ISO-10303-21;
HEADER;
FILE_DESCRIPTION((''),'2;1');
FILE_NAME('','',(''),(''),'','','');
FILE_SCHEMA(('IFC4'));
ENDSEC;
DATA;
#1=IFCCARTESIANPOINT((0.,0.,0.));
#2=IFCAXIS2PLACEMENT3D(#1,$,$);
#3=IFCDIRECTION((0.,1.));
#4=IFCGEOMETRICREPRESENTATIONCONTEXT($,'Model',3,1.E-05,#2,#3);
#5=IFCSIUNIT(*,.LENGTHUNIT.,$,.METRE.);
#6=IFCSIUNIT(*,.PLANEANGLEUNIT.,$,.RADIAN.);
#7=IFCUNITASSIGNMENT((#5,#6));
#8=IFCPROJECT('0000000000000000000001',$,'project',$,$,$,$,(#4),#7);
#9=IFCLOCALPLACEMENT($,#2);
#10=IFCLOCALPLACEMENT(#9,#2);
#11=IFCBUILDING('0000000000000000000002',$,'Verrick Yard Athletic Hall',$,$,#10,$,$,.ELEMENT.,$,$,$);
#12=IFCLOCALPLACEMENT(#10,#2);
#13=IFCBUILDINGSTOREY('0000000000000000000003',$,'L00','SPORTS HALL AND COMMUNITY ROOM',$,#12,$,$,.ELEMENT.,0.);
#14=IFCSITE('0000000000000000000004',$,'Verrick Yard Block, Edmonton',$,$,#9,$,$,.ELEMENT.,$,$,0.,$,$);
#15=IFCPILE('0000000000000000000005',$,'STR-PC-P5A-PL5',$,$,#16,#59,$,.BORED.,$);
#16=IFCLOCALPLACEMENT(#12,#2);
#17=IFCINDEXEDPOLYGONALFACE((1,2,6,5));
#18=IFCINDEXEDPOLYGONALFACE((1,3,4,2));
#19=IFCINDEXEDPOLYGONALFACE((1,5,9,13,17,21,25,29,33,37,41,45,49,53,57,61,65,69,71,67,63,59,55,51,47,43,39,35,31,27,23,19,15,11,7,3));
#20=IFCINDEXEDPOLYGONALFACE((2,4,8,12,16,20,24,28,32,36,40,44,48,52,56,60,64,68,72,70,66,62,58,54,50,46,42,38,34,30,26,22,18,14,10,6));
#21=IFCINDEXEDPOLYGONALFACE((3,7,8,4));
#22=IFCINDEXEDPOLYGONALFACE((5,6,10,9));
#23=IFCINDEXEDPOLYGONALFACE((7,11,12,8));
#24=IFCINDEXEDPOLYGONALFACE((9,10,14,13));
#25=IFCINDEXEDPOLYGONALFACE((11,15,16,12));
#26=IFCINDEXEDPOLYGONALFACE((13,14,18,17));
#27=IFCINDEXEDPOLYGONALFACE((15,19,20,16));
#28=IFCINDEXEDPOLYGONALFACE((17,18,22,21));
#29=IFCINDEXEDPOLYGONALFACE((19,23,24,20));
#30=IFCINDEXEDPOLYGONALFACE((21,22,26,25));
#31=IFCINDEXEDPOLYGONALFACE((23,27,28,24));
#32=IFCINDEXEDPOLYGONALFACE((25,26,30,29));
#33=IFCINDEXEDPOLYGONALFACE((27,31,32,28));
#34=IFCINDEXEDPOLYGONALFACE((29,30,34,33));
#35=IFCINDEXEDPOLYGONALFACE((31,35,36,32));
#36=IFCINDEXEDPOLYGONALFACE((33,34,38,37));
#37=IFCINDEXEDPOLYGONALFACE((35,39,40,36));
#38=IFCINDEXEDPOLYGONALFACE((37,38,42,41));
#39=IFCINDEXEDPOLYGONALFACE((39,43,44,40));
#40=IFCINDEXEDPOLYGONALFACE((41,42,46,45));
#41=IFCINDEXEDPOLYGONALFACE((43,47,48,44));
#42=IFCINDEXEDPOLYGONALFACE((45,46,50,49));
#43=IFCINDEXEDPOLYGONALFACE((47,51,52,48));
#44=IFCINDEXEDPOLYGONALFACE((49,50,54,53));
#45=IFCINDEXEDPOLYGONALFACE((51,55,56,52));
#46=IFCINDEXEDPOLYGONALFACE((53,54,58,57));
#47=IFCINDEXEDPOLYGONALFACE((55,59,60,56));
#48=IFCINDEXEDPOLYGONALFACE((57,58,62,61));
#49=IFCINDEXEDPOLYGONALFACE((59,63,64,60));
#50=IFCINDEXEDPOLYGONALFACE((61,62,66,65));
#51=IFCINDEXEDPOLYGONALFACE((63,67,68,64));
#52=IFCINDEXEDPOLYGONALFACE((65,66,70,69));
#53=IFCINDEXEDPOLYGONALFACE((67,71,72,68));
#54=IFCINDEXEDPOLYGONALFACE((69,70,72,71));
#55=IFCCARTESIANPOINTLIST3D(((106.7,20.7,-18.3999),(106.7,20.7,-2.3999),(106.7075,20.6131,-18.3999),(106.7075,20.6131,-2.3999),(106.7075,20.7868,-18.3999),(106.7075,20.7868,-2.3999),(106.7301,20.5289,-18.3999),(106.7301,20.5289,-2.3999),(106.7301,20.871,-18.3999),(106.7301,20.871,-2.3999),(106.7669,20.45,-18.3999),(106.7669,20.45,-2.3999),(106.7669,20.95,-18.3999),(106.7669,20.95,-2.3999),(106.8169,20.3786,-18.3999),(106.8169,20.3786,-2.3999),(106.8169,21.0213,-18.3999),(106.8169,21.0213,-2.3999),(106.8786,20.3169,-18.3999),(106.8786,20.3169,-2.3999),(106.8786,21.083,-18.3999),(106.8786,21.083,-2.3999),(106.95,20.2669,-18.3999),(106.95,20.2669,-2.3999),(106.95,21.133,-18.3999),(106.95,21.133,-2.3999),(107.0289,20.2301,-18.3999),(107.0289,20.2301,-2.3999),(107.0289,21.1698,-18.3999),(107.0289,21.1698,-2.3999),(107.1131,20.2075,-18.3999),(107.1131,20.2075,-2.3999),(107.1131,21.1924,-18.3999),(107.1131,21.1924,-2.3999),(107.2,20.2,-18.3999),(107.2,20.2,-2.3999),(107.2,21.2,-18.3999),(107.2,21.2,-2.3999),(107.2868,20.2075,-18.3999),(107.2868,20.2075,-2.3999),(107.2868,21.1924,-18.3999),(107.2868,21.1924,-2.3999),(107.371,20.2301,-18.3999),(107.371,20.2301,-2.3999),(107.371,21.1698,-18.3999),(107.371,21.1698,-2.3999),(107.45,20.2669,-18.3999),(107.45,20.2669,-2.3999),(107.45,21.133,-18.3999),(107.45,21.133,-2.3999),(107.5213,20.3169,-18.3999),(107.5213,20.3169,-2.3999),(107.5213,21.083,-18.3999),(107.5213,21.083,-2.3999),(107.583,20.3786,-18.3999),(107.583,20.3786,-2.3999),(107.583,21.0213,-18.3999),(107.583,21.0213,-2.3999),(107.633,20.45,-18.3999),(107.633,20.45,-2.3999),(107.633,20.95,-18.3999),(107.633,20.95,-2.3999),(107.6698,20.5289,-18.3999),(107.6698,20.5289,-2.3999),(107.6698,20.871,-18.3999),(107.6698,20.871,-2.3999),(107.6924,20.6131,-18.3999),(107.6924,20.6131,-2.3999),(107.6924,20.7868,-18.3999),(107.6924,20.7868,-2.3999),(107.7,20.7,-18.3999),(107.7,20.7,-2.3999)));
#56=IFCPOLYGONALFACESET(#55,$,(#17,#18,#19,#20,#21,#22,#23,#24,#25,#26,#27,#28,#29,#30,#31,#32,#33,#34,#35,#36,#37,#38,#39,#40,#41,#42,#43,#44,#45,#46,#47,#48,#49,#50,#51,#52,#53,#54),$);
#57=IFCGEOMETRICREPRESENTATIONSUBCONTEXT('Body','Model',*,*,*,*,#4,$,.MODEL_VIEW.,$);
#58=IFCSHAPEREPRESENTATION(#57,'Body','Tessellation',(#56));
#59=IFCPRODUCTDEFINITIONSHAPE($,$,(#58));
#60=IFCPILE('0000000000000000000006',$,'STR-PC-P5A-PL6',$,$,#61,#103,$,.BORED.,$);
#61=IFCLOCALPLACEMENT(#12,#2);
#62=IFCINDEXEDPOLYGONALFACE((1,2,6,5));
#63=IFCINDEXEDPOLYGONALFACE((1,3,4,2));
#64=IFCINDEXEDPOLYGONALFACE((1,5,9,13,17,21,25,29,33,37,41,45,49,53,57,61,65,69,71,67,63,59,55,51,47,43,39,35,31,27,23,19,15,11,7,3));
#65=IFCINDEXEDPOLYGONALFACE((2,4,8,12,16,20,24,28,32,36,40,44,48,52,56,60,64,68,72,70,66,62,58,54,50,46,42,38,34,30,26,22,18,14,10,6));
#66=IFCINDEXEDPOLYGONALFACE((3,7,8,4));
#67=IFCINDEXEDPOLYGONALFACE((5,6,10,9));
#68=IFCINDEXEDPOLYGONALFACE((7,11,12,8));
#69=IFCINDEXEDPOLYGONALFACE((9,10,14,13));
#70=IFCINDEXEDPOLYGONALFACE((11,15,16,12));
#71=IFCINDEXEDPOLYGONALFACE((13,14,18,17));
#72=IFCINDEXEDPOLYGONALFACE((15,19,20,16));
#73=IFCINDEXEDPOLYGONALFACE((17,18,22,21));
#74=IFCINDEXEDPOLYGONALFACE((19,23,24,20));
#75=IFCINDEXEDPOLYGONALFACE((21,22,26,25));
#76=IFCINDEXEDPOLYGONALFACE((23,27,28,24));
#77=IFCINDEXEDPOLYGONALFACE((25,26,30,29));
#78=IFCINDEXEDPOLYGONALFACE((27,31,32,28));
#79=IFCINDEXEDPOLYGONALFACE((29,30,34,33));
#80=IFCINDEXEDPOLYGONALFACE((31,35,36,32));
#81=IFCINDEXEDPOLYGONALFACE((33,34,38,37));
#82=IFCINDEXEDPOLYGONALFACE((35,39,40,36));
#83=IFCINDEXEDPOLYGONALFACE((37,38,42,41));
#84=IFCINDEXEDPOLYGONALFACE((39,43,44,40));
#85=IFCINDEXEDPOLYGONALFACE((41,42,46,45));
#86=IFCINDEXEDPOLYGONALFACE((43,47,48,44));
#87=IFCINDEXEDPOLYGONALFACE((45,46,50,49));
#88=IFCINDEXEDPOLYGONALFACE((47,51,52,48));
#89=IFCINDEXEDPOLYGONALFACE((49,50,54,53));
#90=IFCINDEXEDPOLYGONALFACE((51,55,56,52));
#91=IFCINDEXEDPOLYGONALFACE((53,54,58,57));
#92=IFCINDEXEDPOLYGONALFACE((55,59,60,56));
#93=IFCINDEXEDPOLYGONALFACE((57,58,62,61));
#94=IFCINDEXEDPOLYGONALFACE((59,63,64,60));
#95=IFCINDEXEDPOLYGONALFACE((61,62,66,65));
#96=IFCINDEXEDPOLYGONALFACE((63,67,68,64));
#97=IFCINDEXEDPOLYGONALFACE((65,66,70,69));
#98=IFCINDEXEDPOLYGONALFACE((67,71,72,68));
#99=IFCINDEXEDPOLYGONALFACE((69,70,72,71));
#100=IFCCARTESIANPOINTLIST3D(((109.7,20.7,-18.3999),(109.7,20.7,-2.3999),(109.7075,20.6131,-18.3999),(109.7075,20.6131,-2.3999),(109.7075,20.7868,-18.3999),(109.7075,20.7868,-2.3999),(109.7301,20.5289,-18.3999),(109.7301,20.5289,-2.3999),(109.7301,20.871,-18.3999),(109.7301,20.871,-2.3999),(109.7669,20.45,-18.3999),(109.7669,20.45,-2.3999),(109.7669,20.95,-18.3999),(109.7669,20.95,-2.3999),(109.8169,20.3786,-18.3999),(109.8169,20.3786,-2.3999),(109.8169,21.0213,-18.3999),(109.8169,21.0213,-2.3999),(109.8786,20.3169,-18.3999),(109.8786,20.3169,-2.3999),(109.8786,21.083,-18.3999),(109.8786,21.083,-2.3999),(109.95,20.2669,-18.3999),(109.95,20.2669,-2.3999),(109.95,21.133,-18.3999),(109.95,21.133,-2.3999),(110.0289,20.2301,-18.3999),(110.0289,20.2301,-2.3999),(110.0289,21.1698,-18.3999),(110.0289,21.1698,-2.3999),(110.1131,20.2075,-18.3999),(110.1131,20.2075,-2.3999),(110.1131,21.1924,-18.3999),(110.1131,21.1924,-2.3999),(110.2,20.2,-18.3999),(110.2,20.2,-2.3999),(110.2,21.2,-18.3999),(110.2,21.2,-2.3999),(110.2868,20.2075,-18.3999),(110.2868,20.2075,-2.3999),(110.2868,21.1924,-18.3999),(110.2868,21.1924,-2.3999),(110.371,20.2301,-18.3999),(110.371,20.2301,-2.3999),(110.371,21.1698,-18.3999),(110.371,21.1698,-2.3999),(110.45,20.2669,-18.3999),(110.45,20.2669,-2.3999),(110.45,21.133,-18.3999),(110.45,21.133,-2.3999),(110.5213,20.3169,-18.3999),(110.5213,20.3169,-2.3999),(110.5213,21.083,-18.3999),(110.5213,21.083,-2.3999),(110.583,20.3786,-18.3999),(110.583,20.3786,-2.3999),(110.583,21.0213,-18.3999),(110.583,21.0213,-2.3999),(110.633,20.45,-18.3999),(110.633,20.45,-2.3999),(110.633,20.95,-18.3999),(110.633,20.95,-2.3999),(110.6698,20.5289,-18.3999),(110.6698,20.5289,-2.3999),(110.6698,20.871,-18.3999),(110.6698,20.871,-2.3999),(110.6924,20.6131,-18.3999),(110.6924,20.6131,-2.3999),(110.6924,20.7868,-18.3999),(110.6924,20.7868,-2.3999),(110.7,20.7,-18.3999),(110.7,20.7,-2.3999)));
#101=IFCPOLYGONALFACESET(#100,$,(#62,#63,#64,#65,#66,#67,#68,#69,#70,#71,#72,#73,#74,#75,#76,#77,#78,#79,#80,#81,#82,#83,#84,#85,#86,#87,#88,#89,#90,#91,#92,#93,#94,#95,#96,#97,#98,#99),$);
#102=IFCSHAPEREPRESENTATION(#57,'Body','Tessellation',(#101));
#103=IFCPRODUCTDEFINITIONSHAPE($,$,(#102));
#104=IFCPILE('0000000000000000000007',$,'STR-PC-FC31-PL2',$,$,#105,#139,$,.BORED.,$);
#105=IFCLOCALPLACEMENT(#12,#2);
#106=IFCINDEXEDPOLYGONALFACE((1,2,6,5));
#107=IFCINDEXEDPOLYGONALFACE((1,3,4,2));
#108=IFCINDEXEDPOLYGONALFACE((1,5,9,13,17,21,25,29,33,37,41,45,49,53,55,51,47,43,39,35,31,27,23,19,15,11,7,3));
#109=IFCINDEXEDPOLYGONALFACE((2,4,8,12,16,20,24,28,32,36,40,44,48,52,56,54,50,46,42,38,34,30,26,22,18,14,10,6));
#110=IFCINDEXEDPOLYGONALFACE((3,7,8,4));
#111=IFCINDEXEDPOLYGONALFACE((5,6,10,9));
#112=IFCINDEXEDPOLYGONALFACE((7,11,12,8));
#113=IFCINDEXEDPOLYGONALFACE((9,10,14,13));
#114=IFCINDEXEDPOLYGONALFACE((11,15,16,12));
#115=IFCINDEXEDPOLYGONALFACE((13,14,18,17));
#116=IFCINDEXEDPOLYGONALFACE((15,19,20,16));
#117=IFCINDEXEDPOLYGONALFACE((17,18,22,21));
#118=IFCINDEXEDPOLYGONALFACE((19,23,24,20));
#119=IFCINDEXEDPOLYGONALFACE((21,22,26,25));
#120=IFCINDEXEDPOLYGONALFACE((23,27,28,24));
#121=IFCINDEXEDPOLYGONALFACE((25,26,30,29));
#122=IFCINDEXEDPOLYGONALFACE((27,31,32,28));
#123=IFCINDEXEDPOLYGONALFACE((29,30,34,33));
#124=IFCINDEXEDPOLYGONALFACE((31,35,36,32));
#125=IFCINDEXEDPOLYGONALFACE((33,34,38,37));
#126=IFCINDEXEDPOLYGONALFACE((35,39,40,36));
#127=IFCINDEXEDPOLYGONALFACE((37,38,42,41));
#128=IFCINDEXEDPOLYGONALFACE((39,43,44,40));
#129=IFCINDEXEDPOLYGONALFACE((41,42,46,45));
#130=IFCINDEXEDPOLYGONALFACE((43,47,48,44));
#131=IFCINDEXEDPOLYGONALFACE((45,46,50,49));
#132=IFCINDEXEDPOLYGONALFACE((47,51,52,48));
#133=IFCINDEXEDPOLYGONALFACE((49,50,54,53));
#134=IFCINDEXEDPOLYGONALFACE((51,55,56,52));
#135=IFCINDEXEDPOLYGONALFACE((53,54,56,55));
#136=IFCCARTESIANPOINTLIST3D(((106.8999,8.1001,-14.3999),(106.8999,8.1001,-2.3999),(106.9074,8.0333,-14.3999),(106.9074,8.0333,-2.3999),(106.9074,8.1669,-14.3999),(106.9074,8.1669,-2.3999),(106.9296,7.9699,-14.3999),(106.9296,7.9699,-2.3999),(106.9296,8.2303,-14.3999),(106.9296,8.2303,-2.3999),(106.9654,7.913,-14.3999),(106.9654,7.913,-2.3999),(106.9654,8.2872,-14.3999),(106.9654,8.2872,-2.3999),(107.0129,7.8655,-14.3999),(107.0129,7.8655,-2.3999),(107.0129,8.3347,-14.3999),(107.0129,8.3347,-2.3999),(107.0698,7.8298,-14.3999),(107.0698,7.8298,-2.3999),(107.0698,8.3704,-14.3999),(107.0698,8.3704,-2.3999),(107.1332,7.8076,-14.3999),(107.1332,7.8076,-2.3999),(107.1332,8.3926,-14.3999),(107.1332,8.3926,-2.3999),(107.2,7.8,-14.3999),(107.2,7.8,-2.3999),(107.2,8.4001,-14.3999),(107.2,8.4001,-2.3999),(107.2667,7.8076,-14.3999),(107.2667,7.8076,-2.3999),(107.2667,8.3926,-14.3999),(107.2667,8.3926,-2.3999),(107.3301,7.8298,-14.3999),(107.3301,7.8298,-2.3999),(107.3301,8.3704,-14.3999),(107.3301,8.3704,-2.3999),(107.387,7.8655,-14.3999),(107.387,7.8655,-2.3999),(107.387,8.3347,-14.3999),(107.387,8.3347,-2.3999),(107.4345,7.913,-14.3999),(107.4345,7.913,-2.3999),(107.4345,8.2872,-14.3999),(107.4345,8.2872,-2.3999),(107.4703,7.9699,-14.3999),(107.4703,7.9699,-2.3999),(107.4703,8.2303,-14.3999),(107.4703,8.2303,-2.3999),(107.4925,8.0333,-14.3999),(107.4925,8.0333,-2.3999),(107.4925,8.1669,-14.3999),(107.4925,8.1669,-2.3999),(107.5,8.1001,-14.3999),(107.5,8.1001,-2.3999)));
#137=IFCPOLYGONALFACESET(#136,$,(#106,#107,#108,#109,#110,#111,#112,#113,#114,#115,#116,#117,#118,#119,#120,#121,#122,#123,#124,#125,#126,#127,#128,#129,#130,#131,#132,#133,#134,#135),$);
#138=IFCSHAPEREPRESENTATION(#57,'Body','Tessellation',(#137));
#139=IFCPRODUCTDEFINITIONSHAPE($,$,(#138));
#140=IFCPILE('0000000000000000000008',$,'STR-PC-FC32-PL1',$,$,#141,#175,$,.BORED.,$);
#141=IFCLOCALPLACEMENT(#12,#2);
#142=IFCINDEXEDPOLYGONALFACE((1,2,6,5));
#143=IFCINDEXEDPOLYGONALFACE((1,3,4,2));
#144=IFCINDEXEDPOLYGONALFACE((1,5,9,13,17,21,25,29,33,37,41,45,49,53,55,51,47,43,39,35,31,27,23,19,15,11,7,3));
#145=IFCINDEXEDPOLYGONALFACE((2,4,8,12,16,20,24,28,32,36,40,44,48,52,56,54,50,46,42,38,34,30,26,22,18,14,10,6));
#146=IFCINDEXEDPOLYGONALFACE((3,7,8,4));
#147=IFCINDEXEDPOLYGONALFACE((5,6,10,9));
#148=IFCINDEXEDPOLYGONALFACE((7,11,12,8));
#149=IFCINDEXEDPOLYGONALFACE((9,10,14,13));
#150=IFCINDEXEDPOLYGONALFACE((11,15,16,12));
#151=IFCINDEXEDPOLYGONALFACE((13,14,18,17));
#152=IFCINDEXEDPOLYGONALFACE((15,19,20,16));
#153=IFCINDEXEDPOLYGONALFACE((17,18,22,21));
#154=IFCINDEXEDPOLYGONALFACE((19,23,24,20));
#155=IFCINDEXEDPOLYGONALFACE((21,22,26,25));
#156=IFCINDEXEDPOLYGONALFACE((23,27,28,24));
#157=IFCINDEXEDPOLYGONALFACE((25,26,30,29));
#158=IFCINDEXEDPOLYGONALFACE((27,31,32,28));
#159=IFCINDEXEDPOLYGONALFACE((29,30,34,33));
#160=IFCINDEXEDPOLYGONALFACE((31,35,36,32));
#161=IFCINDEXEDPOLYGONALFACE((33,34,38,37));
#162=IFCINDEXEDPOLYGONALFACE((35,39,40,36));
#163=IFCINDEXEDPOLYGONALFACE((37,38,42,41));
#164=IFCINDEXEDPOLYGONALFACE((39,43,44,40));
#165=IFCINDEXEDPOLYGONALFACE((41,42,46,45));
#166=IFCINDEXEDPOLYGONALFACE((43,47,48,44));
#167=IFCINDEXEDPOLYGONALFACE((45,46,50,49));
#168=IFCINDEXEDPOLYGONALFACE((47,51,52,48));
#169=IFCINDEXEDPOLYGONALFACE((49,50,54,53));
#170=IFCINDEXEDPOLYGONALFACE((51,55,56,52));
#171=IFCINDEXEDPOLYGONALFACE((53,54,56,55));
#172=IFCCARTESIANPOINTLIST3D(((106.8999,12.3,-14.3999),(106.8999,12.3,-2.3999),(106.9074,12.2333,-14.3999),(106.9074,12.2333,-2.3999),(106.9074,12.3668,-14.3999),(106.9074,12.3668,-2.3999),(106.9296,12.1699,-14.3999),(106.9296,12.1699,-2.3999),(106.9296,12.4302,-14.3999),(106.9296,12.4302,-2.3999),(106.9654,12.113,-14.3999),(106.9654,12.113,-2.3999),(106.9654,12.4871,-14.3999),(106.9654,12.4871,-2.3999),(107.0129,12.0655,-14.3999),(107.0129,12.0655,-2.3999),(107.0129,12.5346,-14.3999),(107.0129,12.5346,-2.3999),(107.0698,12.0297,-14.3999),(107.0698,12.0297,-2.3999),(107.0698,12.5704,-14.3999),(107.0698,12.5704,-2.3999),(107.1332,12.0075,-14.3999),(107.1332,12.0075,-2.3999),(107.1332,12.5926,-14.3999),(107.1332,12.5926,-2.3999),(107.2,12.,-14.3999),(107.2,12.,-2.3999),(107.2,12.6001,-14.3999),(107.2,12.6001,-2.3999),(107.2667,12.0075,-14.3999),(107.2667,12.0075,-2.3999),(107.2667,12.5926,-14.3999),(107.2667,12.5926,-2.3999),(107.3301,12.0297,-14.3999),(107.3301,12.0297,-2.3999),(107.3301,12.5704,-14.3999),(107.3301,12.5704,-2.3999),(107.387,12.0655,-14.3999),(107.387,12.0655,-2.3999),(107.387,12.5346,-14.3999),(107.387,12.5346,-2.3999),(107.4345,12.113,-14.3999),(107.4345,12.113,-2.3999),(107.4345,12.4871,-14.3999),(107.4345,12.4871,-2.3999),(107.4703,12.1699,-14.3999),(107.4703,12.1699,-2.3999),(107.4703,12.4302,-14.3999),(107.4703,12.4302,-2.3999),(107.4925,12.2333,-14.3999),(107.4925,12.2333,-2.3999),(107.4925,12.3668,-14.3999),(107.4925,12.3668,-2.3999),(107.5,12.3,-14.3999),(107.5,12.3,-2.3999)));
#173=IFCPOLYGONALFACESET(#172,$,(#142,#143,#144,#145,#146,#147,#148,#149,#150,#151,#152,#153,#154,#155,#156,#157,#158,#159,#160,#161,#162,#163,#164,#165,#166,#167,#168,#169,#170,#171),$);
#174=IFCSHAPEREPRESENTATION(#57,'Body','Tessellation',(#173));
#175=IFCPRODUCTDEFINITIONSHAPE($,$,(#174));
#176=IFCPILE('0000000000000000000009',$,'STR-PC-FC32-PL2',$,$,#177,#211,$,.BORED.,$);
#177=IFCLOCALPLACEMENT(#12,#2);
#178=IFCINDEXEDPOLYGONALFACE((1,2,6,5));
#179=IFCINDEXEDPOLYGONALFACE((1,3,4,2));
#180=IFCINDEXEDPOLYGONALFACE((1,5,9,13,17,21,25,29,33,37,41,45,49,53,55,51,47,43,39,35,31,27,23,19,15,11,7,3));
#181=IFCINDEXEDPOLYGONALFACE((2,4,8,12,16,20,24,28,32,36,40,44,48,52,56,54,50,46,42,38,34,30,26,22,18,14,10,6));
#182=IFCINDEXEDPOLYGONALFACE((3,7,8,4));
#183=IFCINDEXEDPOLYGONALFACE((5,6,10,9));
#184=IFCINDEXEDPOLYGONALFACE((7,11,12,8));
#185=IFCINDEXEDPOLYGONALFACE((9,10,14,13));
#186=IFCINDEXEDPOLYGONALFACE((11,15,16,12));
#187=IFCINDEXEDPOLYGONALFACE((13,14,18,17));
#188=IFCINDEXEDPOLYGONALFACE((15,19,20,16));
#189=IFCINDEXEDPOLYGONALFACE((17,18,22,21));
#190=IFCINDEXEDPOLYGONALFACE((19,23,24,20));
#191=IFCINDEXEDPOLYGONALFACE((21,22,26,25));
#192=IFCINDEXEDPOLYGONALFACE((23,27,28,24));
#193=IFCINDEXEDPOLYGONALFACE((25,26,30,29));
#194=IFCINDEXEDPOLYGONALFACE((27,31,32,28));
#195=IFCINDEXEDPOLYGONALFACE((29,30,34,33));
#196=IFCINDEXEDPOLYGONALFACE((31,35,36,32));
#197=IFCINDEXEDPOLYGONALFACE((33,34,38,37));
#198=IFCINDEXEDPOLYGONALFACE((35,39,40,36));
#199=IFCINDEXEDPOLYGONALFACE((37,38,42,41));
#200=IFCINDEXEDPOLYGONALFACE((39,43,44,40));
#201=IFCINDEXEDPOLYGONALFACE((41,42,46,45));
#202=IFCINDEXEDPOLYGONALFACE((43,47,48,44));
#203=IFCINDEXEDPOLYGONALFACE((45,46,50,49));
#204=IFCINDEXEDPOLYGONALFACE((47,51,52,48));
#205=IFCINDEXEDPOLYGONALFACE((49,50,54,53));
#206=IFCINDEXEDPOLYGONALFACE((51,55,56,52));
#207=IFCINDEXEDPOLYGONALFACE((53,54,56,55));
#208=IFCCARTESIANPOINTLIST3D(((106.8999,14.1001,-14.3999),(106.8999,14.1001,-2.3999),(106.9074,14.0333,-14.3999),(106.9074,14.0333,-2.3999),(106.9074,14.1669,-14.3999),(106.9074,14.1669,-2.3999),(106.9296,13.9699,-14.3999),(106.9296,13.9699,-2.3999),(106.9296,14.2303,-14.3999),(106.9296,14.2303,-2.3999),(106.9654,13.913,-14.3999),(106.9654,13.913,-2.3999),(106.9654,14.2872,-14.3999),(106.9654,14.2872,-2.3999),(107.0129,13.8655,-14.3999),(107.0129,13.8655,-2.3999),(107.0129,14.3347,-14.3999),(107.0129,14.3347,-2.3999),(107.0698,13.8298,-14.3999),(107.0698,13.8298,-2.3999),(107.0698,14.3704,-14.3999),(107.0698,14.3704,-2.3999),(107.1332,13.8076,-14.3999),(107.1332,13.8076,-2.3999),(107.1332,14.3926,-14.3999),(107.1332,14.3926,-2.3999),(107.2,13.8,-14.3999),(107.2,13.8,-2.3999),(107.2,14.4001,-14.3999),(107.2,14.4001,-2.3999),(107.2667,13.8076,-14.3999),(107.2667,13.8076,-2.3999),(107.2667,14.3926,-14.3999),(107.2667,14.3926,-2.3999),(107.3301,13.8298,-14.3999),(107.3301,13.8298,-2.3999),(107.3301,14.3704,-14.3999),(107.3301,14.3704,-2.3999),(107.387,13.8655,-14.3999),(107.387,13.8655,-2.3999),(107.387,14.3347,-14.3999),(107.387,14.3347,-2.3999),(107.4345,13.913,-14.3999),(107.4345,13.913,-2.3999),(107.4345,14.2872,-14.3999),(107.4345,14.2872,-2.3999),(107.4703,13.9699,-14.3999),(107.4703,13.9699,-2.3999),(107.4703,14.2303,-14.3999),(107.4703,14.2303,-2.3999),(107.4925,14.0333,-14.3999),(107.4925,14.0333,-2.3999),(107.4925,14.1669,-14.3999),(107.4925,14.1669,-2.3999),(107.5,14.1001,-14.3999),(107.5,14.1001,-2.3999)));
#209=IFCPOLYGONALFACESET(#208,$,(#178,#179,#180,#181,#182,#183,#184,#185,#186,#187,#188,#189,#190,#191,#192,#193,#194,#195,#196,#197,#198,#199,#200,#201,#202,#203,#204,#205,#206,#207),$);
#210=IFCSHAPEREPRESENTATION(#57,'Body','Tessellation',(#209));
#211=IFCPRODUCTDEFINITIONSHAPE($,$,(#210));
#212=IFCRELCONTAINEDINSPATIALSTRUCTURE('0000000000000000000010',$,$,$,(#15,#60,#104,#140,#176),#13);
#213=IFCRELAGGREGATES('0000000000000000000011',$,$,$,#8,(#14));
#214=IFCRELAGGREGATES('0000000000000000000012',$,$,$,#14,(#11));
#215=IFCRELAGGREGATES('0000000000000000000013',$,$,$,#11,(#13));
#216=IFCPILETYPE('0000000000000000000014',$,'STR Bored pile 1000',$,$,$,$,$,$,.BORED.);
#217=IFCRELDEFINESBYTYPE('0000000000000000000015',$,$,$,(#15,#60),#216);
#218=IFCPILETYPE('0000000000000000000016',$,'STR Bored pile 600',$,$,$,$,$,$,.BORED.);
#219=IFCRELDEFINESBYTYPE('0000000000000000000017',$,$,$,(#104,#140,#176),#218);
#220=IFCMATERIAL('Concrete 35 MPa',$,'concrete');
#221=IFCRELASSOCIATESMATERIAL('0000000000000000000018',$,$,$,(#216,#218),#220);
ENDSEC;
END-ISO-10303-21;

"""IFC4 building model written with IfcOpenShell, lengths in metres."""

from ifc_helpers import new_model, si_unit, direction, frame, origin, origin_2d, place, context, subcontext, project, spatial, circle, extrude, material, type_object, element, save


model = new_model("IFC4")

# Units and contexts
model_context = context("Model", 3, precision=1e-05, world=origin(), true_north=direction((0.0, 1.0)))
body_context = subcontext(model_context, "Body", "Model", "MODEL_VIEW")
ifc_project = project(units=[si_unit("LENGTHUNIT", "METRE"), si_unit("PLANEANGLEUNIT", "RADIAN")], contexts=[model_context])

# Site, building, storey
site_placement = place(None, origin())
site = spatial("IfcSite", under=ifc_project, at=site_placement, Name="Verrick Yard Block, Edmonton", CompositionType="ELEMENT", RefElevation=0.0)
building_placement = place(site_placement, origin())
building = spatial("IfcBuilding", under=site, at=building_placement, Name="Verrick Yard Athletic Hall", CompositionType="ELEMENT")
storey_placement = place(building_placement, origin())
storey = spatial("IfcBuildingStorey", under=building, at=storey_placement, Name="L00", Description="SPORTS HALL AND COMMUNITY ROOM", CompositionType="ELEMENT", Elevation=0.0)

# Piles
ifc_material_1 = material(Name="Concrete 35 MPa", Category="concrete")
pile_type_1 = type_object("IfcPileType", Name="STR Bored pile 1000", PredefinedType="BORED", material=ifc_material_1)
for number, where, z_axis, x_axis, name in (
    (1, (107.2, 20.7, -2.3999), (0.0, 0.0, -1.0), (1.0, 0.0, 0.0), "STR-PC-P5A-PL5"),
    (2, (110.2, 20.7, -2.3999), (0.0, 0.0, -1.0), (1.0, 0.0, 0.0), "STR-PC-P5A-PL6"),
):
    element("IfcPile", number, at=place(storey_placement, frame(where, z_axis=z_axis, x_axis=x_axis)), inside=storey, type_object=pile_type_1, Name=name, PredefinedType="BORED", context=body_context, shape_type="SweptSolid", body=[
        extrude(circle(Radius=0.5, at=origin_2d()), origin(), (0.0, 0.0, 1.0), 16.0),
    ])
pile_type_2 = type_object("IfcPileType", Name="STR Bored pile 600", PredefinedType="BORED", material=ifc_material_1)
for number, where, z_axis, x_axis, name in (
    (3, (107.2, 8.1001, -2.3999), (0.0, 0.0, -1.0), (1.0, 0.0, 0.0), "STR-PC-FC31-PL2"),
    (4, (107.2, 12.3, -2.3999), (0.0, 0.0, -1.0), (1.0, 0.0, 0.0), "STR-PC-FC32-PL1"),
    (5, (107.2, 14.1001, -2.3999), (0.0, 0.0, -1.0), (1.0, 0.0, 0.0), "STR-PC-FC32-PL2"),
):
    element("IfcPile", number, at=place(storey_placement, frame(where, z_axis=z_axis, x_axis=x_axis)), inside=storey, type_object=pile_type_2, Name=name, PredefinedType="BORED", context=body_context, shape_type="SweptSolid", body=[
        extrude(circle(Radius=0.3, at=origin_2d()), origin(), (0.0, 0.0, 1.0), 12.0),
    ])

save(model, "model.ifc")
